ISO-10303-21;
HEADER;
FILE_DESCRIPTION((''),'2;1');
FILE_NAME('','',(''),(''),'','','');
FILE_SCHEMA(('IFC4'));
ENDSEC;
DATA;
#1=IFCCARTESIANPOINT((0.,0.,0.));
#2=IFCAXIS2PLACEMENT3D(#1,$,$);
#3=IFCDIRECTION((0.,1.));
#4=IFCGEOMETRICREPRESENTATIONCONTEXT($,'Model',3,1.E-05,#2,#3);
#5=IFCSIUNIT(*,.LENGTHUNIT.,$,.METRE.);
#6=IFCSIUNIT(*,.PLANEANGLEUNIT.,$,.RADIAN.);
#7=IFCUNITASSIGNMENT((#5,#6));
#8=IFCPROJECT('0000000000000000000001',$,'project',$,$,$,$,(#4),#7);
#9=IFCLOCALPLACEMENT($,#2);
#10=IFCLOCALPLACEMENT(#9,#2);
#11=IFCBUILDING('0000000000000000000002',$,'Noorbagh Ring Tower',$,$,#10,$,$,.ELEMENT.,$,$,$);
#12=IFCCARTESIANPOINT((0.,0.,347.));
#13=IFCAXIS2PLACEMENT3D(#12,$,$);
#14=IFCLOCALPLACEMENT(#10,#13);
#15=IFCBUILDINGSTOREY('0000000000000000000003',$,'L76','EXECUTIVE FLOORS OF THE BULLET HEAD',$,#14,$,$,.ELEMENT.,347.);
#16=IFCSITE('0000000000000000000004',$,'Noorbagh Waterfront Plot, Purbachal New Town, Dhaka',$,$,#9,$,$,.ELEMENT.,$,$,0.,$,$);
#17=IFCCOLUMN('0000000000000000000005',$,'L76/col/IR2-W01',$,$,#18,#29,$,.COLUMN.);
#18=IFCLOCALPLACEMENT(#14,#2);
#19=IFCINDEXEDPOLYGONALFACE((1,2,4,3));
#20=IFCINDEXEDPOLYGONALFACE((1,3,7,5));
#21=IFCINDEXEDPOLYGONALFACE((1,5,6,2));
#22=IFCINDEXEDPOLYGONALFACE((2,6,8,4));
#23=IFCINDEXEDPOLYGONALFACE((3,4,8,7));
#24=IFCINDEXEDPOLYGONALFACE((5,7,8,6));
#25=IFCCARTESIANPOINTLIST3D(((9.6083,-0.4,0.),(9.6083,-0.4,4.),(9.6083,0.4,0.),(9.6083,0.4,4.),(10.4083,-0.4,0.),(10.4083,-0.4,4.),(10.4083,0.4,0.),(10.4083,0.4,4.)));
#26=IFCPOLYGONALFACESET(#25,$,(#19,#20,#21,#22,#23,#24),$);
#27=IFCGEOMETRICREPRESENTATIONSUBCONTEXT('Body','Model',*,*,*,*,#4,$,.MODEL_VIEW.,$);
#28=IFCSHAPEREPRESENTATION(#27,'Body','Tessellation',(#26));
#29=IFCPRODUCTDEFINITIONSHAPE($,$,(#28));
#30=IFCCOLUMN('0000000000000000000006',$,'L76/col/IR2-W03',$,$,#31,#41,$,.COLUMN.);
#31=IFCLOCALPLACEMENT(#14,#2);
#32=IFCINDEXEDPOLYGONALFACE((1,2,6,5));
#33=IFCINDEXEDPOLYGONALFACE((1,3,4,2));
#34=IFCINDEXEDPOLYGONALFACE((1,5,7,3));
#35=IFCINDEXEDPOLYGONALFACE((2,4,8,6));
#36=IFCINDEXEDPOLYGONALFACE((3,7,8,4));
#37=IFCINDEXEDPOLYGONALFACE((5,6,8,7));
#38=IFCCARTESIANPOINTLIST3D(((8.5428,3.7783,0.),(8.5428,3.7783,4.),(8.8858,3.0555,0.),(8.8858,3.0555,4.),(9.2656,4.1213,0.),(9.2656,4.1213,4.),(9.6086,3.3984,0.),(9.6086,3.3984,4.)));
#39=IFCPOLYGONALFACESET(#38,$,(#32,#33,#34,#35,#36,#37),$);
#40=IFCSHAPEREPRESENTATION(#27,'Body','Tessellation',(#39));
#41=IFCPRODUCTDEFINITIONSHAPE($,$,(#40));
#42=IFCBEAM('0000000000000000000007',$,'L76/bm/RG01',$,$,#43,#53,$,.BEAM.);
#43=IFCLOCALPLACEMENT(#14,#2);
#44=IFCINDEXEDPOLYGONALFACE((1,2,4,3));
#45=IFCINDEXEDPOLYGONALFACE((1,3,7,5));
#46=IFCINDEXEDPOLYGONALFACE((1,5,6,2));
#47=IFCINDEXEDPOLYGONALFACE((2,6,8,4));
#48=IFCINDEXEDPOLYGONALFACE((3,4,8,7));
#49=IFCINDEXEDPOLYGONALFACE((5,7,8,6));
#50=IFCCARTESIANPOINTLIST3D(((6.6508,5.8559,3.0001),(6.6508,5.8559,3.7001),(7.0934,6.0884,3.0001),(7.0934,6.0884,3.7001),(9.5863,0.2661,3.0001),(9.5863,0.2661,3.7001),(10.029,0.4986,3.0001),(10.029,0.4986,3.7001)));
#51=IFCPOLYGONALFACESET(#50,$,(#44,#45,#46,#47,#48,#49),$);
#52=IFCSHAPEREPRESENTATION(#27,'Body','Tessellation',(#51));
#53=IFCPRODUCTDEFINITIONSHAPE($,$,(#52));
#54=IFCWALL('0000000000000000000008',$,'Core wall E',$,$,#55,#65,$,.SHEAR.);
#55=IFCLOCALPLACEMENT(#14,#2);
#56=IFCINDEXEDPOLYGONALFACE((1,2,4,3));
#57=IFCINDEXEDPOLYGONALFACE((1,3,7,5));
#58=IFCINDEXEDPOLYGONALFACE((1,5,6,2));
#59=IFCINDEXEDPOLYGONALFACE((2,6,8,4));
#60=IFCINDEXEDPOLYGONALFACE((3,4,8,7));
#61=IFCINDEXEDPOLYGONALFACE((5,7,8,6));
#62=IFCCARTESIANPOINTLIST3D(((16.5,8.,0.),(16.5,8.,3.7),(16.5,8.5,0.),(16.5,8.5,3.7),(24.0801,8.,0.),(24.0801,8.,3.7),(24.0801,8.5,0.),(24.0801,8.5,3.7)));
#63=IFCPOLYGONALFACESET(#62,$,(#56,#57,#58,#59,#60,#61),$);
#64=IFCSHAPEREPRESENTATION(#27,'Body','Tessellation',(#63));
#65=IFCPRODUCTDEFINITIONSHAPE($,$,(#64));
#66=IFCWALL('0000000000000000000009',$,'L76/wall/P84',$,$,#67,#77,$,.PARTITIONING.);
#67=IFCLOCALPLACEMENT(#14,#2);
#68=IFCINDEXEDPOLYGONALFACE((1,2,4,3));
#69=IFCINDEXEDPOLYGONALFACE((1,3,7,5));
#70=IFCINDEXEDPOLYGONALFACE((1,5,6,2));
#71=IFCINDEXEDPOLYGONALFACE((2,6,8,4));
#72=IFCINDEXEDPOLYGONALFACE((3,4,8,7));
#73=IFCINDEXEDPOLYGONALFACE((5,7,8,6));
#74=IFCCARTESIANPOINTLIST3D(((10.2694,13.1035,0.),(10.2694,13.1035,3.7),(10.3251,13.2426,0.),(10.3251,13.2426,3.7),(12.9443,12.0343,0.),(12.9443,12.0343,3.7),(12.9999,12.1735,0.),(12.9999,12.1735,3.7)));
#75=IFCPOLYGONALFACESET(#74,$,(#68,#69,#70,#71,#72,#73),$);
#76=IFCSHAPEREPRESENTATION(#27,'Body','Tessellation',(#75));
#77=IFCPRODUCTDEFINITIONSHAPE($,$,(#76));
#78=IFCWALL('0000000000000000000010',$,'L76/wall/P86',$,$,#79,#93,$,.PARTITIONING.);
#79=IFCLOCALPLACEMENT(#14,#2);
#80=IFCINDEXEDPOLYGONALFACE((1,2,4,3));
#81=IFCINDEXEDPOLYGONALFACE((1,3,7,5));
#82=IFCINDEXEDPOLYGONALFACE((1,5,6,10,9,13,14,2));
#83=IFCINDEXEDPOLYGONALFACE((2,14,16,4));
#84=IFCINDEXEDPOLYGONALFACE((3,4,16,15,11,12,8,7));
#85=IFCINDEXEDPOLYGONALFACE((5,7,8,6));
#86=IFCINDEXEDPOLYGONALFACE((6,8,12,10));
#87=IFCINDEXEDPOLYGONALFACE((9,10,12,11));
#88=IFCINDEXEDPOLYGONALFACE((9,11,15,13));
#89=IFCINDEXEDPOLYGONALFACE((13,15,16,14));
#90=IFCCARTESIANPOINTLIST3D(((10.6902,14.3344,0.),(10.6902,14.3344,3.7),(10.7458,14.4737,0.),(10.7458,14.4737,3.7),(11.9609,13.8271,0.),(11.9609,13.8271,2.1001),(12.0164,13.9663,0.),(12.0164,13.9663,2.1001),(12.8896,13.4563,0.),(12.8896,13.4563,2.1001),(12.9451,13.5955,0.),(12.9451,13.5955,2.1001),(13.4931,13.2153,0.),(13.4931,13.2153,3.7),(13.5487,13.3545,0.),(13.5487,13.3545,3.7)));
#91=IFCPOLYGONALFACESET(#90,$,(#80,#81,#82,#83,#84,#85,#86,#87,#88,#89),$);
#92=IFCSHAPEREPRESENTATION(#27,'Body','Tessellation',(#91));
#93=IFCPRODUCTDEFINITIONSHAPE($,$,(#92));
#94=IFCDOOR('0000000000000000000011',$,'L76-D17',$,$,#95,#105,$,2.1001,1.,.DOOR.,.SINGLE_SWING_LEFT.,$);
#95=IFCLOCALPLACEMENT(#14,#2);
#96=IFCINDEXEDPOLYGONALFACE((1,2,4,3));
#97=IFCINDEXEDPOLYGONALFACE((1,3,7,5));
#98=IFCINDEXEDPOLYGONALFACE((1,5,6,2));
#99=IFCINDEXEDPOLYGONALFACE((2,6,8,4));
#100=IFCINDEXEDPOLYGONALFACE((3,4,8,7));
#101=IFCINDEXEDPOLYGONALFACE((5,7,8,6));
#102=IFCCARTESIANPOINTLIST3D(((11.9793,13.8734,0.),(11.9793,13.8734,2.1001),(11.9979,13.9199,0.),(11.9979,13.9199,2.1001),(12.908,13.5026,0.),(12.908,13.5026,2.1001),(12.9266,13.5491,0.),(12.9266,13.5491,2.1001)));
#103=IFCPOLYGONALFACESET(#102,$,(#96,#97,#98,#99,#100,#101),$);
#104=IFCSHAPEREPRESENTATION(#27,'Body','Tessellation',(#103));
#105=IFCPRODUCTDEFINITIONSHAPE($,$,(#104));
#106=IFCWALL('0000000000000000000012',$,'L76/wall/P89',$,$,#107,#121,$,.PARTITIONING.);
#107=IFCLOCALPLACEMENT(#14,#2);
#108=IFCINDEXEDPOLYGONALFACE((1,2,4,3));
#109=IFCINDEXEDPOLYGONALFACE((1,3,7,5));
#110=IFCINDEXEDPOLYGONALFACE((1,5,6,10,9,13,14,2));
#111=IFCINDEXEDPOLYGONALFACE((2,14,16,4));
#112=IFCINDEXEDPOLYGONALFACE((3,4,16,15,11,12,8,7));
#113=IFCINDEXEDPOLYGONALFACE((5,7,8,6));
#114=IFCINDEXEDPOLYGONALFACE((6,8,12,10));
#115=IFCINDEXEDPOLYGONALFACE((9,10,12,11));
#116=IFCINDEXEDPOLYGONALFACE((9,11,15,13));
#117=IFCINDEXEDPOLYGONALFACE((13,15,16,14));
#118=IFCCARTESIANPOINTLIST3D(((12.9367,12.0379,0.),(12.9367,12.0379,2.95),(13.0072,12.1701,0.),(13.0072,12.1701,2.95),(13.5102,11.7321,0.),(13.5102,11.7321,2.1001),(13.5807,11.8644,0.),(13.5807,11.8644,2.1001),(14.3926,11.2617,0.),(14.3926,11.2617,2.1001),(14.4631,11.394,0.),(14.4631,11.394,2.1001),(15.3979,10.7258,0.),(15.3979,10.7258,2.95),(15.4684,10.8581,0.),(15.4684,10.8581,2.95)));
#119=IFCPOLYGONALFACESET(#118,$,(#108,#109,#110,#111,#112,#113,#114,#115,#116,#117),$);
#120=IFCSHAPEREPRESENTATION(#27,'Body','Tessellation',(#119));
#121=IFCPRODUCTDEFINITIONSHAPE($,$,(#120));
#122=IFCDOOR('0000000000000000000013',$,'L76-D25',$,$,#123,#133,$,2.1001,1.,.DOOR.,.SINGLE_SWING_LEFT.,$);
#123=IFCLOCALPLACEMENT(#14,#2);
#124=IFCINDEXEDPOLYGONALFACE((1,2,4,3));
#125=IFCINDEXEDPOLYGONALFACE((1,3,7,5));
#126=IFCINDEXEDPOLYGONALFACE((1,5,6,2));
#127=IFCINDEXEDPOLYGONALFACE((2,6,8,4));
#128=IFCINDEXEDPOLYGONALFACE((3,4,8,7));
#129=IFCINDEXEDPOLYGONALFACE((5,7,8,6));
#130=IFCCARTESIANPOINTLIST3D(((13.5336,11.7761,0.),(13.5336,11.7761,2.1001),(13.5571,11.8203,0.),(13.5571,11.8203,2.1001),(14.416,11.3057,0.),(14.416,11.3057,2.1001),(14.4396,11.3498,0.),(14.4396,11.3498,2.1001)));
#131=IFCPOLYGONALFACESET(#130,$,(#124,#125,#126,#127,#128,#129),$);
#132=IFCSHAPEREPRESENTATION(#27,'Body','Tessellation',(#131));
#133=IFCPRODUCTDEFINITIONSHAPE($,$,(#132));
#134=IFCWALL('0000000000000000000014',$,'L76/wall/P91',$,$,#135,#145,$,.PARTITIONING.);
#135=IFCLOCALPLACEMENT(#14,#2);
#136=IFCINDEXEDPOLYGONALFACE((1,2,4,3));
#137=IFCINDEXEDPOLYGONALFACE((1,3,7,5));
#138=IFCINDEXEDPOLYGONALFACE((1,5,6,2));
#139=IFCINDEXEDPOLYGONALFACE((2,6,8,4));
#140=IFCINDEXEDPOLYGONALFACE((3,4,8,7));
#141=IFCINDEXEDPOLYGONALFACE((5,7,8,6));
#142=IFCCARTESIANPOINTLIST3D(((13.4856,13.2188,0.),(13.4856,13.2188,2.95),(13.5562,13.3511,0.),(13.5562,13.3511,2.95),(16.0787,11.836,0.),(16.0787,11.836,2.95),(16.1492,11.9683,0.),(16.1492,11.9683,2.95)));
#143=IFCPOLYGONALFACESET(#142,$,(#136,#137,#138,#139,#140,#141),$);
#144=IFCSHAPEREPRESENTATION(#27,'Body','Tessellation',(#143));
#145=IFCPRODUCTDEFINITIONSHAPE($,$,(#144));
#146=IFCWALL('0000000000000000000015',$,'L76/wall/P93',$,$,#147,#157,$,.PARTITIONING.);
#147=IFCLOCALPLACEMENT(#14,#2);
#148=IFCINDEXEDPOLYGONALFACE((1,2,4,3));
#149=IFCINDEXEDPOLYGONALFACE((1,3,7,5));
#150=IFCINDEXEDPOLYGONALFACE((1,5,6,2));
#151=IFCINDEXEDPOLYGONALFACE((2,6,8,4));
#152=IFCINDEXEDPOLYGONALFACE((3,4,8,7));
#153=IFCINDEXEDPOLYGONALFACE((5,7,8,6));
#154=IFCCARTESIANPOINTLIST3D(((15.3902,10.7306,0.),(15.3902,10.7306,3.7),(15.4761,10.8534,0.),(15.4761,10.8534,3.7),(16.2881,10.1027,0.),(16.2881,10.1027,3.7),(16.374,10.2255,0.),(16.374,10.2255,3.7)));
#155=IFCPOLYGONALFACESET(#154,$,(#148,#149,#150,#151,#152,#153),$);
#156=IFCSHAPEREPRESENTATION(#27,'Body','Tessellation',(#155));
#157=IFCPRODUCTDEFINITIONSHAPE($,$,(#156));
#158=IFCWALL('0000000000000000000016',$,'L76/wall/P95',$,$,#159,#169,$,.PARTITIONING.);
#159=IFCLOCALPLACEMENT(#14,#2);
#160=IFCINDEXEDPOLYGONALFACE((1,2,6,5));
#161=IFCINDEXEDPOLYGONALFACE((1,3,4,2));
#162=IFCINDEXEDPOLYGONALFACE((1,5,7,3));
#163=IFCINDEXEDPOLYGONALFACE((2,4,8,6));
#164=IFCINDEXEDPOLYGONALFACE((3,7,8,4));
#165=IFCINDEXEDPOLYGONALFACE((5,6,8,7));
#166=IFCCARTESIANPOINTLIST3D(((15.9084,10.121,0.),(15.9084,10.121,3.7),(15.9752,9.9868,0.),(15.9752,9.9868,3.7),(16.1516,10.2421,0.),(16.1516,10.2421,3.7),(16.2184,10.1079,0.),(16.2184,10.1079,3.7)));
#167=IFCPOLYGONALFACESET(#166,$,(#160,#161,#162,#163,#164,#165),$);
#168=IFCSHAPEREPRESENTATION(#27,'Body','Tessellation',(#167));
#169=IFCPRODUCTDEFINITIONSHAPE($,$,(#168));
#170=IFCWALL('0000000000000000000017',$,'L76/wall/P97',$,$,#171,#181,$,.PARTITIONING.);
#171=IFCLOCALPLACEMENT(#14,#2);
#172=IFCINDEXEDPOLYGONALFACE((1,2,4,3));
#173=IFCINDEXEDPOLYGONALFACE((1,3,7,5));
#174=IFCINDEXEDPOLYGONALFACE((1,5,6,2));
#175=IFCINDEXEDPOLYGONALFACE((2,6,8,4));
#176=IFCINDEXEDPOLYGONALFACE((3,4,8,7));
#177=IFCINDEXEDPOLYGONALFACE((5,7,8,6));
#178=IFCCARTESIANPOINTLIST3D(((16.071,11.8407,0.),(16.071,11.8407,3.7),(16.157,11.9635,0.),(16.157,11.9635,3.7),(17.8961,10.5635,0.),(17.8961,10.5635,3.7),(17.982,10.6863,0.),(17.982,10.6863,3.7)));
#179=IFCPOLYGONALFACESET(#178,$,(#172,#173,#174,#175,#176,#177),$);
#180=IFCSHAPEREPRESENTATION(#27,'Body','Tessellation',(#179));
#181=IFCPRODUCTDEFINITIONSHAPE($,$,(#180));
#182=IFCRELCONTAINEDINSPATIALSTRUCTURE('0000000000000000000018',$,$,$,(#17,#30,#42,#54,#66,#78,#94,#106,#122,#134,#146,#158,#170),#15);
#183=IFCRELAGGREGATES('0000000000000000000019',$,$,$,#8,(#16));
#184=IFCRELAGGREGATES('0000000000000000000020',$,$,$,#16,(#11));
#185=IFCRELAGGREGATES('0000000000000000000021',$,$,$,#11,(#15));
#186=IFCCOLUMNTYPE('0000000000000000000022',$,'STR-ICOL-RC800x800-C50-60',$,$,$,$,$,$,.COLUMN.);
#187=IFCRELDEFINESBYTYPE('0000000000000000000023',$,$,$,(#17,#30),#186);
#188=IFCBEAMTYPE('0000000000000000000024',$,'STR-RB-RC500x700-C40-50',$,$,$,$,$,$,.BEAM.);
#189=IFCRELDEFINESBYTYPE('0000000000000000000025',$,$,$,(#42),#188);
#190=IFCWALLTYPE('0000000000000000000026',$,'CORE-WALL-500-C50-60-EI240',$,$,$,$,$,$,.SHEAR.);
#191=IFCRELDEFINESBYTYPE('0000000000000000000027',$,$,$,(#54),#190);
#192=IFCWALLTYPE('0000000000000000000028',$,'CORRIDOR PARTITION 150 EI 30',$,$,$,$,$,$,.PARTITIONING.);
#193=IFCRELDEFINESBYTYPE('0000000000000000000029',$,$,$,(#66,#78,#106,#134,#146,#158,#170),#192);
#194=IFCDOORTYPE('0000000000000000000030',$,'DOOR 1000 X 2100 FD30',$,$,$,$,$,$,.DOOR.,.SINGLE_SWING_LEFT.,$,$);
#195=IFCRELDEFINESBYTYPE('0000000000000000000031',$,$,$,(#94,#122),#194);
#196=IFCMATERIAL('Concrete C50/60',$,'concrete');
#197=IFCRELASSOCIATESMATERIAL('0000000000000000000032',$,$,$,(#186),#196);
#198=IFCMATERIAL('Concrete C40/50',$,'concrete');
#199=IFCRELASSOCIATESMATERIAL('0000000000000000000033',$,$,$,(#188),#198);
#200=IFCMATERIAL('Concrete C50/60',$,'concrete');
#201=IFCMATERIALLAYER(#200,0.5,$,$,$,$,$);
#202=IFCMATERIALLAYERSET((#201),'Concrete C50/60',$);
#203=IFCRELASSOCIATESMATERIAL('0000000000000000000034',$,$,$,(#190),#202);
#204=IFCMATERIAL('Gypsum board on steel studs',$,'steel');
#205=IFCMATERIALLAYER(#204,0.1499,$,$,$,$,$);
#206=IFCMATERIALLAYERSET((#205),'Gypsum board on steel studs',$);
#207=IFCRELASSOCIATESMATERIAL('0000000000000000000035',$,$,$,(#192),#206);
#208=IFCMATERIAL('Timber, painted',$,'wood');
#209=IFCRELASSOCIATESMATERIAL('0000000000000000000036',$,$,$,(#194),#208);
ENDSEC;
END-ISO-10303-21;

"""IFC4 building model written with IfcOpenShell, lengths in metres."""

from ifc_helpers import new_model, si_unit, direction, frame, frame_2d, origin, origin_2d, place, context, subcontext, project, spatial, rectangle, extrude, material, layer, layer_set, material_profile, profile_set, type_object, element, fill, save


model = new_model("IFC4")

# Units and contexts
model_context = context("Model", 3, precision=1e-05, world=origin(), true_north=direction((0.0, 1.0)))
body_context = subcontext(model_context, "Body", "Model", "MODEL_VIEW")
ifc_project = project(units=[si_unit("LENGTHUNIT", "METRE"), si_unit("PLANEANGLEUNIT", "RADIAN")], contexts=[model_context])

# Site, building, storey
site_placement = place(None, origin())
site = spatial("IfcSite", under=ifc_project, at=site_placement, Name="Noorbagh Waterfront Plot, Purbachal New Town, Dhaka", CompositionType="ELEMENT", RefElevation=0.0)
building_placement = place(site_placement, origin())
building = spatial("IfcBuilding", under=site, at=building_placement, Name="Noorbagh Ring Tower", CompositionType="ELEMENT")
storey_placement = place(building_placement, frame((0.0, 0.0, 347.0)))
storey = spatial("IfcBuildingStorey", under=building, at=storey_placement, Name="L76", Description="EXECUTIVE FLOORS OF THE BULLET HEAD", CompositionType="ELEMENT", Elevation=347.0)

# Columns
ifc_material_1 = material(Name="Concrete C50/60", Category="concrete")
ifc_material_profile_1 = material_profile(ifc_material_1, rectangle(XDim=0.8, YDim=0.8, at=origin_2d()), Name="RC800x800")
ifc_profile_set_1 = profile_set([ifc_material_profile_1], Name="Concrete C50/60")
column_type = type_object("IfcColumnType", Name="STR-ICOL-RC800x800-C50-60", PredefinedType="COLUMN", material=ifc_profile_set_1)
for number, where, z_axis, x_axis, name in (
    (1, (10.0083, 0.0, 0.0), (0.0, 0.0, 1.0), (0.0, 1.0, 0.0), "L76/col/IR2-W01"),
    (2, (9.0757, 3.5884, 0.0), (0.0, 0.0, 1.0), (-0.428667, 0.903463, 0.0), "L76/col/IR2-W03"),
):
    element("IfcColumn", number, at=place(storey_placement, frame(where, z_axis=z_axis, x_axis=x_axis)), inside=storey, type_object=column_type, Name=name, PredefinedType="COLUMN", context=body_context, shape_type="SweptSolid", body=[
        extrude(rectangle(XDim=0.8, YDim=0.8, at=origin_2d()), origin(), (0.0, 0.0, 1.0), 4.0),
    ])

# Beam
ifc_material_2 = material(Name="Concrete C40/50", Category="concrete")
ifc_material_profile_2 = material_profile(ifc_material_2, rectangle(XDim=0.5, YDim=0.7, at=origin_2d()), Name="RC500x700")
ifc_profile_set_2 = profile_set([ifc_material_profile_2], Name="Concrete C40/50")
beam_type = type_object("IfcBeamType", Name="STR-RB-RC500x700-C40-50", PredefinedType="BEAM", material=ifc_profile_set_2)
beam_placement = place(storey_placement, frame((9.8076, 0.3823, 3.3501), z_axis=(-0.464943, 0.885341, 0.0), x_axis=(-0.885341, -0.464943, 0.0)))
element("IfcBeam", 3, at=beam_placement, inside=storey, type_object=beam_type, Name="L76/bm/RG01", PredefinedType="BEAM", context=body_context, shape_type="SweptSolid", body=[
    extrude(rectangle(XDim=0.5, YDim=0.7, at=origin_2d()), origin(), (0.0, 0.0, 1.0), 6.3137),
])

# Walls
ifc_material_3 = material(Name="Concrete C50/60", Category="concrete")
ifc_layer_1 = layer(ifc_material_3, 0.5)
ifc_layer_set_1 = layer_set([ifc_layer_1], Name="Concrete C50/60")
wall_type_1 = type_object("IfcWallType", Name="CORE-WALL-500-C50-60-EI240", PredefinedType="SHEAR", material=ifc_layer_set_1)
wall_1_placement = place(storey_placement, frame((16.5, 8.25, 0.0), z_axis=(0.0, 0.0, 1.0), x_axis=(1.0, 0.0, 0.0)))
element("IfcWall", 4, at=wall_1_placement, inside=storey, type_object=wall_type_1, Name="Core wall E", PredefinedType="SHEAR", context=body_context, shape_type="SweptSolid", body=[
    extrude(rectangle(XDim=7.5801, YDim=0.5, at=frame_2d((3.79, 0.0))), origin(), (0.0, 0.0, 1.0), 3.7),
])
ifc_material_4 = material(Name="Gypsum board on steel studs", Category="steel")
ifc_layer_2 = layer(ifc_material_4, 0.1499)
ifc_layer_set_2 = layer_set([ifc_layer_2], Name="Gypsum board on steel studs")
wall_type_2 = type_object("IfcWallType", Name="CORRIDOR PARTITION 150 EI 30", PredefinedType="PARTITIONING", material=ifc_layer_set_2)
wall_2_placement = place(storey_placement, frame((10.2971, 13.1731, 0.0), z_axis=(0.0, 0.0, 1.0), x_axis=(0.928576, -0.371142, 0.0)))
element("IfcWall", 5, at=wall_2_placement, inside=storey, type_object=wall_type_2, Name="L76/wall/P84", PredefinedType="PARTITIONING", context=body_context, shape_type="SweptSolid", body=[
    extrude(rectangle(XDim=2.8806, YDim=0.1499, at=frame_2d((1.4404, 0.0))), origin(), (0.0, 0.0, 1.0), 3.7),
])

# Walls, openings, doors
wall_3_placement = place(storey_placement, frame((10.718, 14.4041, 0.0), z_axis=(0.0, 0.0, 1.0), x_axis=(0.928711, -0.370805, 0.0)))
wall_3 = element("IfcWall", 6, at=wall_3_placement, inside=storey, type_object=wall_type_2, Name="L76/wall/P86", PredefinedType="PARTITIONING", context=body_context, shape_type="SweptSolid", body=[
    extrude(rectangle(XDim=3.0181, YDim=0.1499, at=frame_2d((1.509, 0.0))), origin(), (0.0, 0.0, 1.0), 3.7),
])
opening_1_placement = place(wall_3_placement, frame((1.3682, 0.0, 0.0)))
opening_1 = element("IfcOpeningElement", 7, at=opening_1_placement, cuts=wall_3, PredefinedType="OPENING", context=body_context, shape_type="SweptSolid", body=[
    extrude(rectangle(XDim=1.0, YDim=2.1001, at=frame_2d((0.5, 1.05))), frame((0.0, 0.085, 0.0), z_axis=(0.0, -1.0, 0.0), x_axis=(1.0, 0.0, 0.0)), (0.0, 0.0, 1.0), 0.1699),
])
ifc_material_5 = material(Name="Timber, painted", Category="wood")
door_type = type_object("IfcDoorType", Name="DOOR 1000 X 2100 FD30", OperationType="SINGLE_SWING_LEFT", PredefinedType="DOOR", material=ifc_material_5)
door_1_placement = place(opening_1_placement, origin())
door_1 = element("IfcDoor", 8, at=door_1_placement, inside=storey, type_object=door_type, Name="L76-D17", OperationType="SINGLE_SWING_LEFT", OverallHeight=2.1001, OverallWidth=1.0, PredefinedType="DOOR", context=body_context, shape_type="SweptSolid", body=[
    extrude(rectangle(XDim=1.0, YDim=2.1001, at=frame_2d((0.5, 1.05))), frame((0.0, 0.0249, 0.0), z_axis=(0.0, -1.0, 0.0), x_axis=(1.0, 0.0, 0.0)), (0.0, 0.0, 1.0), 0.05),
])
fill(opening_1, door_1)
wall_4_placement = place(storey_placement, frame((12.9719, 12.104, 0.0), z_axis=(0.0, 0.0, 1.0), x_axis=(0.882445, -0.470416, 0.0)))
wall_4 = element("IfcWall", 9, at=wall_4_placement, inside=storey, type_object=wall_type_2, Name="L76/wall/P89", PredefinedType="PARTITIONING", context=body_context, shape_type="SweptSolid", body=[
    extrude(rectangle(XDim=2.7891, YDim=0.1499, at=frame_2d((1.3945, 0.0))), origin(), (0.0, 0.0, 1.0), 2.95),
])
opening_2_placement = place(wall_4_placement, frame((0.6499, 0.0, 0.0)))
opening_2 = element("IfcOpeningElement", 10, at=opening_2_placement, cuts=wall_4, PredefinedType="OPENING", context=body_context, shape_type="SweptSolid", body=[
    extrude(rectangle(XDim=1.0, YDim=2.1001, at=frame_2d((0.5, 1.05))), frame((0.0, 0.085, 0.0), z_axis=(0.0, -1.0, 0.0), x_axis=(1.0, 0.0, 0.0)), (0.0, 0.0, 1.0), 0.1699),
])
door_2_placement = place(opening_2_placement, origin())
door_2 = element("IfcDoor", 11, at=door_2_placement, inside=storey, type_object=door_type, Name="L76-D25", OperationType="SINGLE_SWING_LEFT", OverallHeight=2.1001, OverallWidth=1.0, PredefinedType="DOOR", context=body_context, shape_type="SweptSolid", body=[
    extrude(rectangle(XDim=1.0, YDim=2.1001, at=frame_2d((0.5, 1.05))), frame((0.0, 0.0249, 0.0), z_axis=(0.0, -1.0, 0.0), x_axis=(1.0, 0.0, 0.0)), (0.0, 0.0, 1.0), 0.05),
])
fill(opening_2, door_2)

# Walls
wall_5_placement = place(storey_placement, frame((13.521, 13.2849, 0.0), z_axis=(0.0, 0.0, 1.0), x_axis=(0.882371, -0.470554, 0.0)))
element("IfcWall", 12, at=wall_5_placement, inside=storey, type_object=wall_type_2, Name="L76/wall/P91", PredefinedType="PARTITIONING", context=body_context, shape_type="SweptSolid", body=[
    extrude(rectangle(XDim=2.9387, YDim=0.1499, at=frame_2d((1.4692, 0.0))), origin(), (0.0, 0.0, 1.0), 2.95),
])
wall_6_placement = place(storey_placement, frame((15.4331, 10.792, 0.0), z_axis=(0.0, 0.0, 1.0), x_axis=(0.819504, -0.573073, 0.0)))
element("IfcWall", 13, at=wall_6_placement, inside=storey, type_object=wall_type_2, Name="L76/wall/P93", PredefinedType="PARTITIONING", context=body_context, shape_type="SweptSolid", body=[
    extrude(rectangle(XDim=1.0957, YDim=0.1499, at=frame_2d((0.5479, 0.0))), origin(), (0.0, 0.0, 1.0), 3.7),
])
wall_7_placement = place(storey_placement, frame((15.9419, 10.054, 0.0), z_axis=(0.0, 0.0, 1.0), x_axis=(0.895145, 0.445775, 0.0)))
element("IfcWall", 14, at=wall_7_placement, inside=storey, type_object=wall_type_2, Name="L76/wall/P95", PredefinedType="PARTITIONING", context=body_context, shape_type="SweptSolid", body=[
    extrude(rectangle(XDim=0.2717, YDim=0.1499, at=frame_2d((0.1357, 0.0))), origin(), (0.0, 0.0, 1.0), 3.7),
])
wall_8_placement = place(storey_placement, frame((16.114, 11.9021, 0.0), z_axis=(0.0, 0.0, 1.0), x_axis=(0.819309, -0.573352, 0.0)))
element("IfcWall", 15, at=wall_8_placement, inside=storey, type_object=wall_type_2, Name="L76/wall/P97", PredefinedType="PARTITIONING", context=body_context, shape_type="SweptSolid", body=[
    extrude(rectangle(XDim=2.2275, YDim=0.1499, at=frame_2d((1.1138, 0.0))), origin(), (0.0, 0.0, 1.0), 3.7),
])

save(model, "model.ifc")
